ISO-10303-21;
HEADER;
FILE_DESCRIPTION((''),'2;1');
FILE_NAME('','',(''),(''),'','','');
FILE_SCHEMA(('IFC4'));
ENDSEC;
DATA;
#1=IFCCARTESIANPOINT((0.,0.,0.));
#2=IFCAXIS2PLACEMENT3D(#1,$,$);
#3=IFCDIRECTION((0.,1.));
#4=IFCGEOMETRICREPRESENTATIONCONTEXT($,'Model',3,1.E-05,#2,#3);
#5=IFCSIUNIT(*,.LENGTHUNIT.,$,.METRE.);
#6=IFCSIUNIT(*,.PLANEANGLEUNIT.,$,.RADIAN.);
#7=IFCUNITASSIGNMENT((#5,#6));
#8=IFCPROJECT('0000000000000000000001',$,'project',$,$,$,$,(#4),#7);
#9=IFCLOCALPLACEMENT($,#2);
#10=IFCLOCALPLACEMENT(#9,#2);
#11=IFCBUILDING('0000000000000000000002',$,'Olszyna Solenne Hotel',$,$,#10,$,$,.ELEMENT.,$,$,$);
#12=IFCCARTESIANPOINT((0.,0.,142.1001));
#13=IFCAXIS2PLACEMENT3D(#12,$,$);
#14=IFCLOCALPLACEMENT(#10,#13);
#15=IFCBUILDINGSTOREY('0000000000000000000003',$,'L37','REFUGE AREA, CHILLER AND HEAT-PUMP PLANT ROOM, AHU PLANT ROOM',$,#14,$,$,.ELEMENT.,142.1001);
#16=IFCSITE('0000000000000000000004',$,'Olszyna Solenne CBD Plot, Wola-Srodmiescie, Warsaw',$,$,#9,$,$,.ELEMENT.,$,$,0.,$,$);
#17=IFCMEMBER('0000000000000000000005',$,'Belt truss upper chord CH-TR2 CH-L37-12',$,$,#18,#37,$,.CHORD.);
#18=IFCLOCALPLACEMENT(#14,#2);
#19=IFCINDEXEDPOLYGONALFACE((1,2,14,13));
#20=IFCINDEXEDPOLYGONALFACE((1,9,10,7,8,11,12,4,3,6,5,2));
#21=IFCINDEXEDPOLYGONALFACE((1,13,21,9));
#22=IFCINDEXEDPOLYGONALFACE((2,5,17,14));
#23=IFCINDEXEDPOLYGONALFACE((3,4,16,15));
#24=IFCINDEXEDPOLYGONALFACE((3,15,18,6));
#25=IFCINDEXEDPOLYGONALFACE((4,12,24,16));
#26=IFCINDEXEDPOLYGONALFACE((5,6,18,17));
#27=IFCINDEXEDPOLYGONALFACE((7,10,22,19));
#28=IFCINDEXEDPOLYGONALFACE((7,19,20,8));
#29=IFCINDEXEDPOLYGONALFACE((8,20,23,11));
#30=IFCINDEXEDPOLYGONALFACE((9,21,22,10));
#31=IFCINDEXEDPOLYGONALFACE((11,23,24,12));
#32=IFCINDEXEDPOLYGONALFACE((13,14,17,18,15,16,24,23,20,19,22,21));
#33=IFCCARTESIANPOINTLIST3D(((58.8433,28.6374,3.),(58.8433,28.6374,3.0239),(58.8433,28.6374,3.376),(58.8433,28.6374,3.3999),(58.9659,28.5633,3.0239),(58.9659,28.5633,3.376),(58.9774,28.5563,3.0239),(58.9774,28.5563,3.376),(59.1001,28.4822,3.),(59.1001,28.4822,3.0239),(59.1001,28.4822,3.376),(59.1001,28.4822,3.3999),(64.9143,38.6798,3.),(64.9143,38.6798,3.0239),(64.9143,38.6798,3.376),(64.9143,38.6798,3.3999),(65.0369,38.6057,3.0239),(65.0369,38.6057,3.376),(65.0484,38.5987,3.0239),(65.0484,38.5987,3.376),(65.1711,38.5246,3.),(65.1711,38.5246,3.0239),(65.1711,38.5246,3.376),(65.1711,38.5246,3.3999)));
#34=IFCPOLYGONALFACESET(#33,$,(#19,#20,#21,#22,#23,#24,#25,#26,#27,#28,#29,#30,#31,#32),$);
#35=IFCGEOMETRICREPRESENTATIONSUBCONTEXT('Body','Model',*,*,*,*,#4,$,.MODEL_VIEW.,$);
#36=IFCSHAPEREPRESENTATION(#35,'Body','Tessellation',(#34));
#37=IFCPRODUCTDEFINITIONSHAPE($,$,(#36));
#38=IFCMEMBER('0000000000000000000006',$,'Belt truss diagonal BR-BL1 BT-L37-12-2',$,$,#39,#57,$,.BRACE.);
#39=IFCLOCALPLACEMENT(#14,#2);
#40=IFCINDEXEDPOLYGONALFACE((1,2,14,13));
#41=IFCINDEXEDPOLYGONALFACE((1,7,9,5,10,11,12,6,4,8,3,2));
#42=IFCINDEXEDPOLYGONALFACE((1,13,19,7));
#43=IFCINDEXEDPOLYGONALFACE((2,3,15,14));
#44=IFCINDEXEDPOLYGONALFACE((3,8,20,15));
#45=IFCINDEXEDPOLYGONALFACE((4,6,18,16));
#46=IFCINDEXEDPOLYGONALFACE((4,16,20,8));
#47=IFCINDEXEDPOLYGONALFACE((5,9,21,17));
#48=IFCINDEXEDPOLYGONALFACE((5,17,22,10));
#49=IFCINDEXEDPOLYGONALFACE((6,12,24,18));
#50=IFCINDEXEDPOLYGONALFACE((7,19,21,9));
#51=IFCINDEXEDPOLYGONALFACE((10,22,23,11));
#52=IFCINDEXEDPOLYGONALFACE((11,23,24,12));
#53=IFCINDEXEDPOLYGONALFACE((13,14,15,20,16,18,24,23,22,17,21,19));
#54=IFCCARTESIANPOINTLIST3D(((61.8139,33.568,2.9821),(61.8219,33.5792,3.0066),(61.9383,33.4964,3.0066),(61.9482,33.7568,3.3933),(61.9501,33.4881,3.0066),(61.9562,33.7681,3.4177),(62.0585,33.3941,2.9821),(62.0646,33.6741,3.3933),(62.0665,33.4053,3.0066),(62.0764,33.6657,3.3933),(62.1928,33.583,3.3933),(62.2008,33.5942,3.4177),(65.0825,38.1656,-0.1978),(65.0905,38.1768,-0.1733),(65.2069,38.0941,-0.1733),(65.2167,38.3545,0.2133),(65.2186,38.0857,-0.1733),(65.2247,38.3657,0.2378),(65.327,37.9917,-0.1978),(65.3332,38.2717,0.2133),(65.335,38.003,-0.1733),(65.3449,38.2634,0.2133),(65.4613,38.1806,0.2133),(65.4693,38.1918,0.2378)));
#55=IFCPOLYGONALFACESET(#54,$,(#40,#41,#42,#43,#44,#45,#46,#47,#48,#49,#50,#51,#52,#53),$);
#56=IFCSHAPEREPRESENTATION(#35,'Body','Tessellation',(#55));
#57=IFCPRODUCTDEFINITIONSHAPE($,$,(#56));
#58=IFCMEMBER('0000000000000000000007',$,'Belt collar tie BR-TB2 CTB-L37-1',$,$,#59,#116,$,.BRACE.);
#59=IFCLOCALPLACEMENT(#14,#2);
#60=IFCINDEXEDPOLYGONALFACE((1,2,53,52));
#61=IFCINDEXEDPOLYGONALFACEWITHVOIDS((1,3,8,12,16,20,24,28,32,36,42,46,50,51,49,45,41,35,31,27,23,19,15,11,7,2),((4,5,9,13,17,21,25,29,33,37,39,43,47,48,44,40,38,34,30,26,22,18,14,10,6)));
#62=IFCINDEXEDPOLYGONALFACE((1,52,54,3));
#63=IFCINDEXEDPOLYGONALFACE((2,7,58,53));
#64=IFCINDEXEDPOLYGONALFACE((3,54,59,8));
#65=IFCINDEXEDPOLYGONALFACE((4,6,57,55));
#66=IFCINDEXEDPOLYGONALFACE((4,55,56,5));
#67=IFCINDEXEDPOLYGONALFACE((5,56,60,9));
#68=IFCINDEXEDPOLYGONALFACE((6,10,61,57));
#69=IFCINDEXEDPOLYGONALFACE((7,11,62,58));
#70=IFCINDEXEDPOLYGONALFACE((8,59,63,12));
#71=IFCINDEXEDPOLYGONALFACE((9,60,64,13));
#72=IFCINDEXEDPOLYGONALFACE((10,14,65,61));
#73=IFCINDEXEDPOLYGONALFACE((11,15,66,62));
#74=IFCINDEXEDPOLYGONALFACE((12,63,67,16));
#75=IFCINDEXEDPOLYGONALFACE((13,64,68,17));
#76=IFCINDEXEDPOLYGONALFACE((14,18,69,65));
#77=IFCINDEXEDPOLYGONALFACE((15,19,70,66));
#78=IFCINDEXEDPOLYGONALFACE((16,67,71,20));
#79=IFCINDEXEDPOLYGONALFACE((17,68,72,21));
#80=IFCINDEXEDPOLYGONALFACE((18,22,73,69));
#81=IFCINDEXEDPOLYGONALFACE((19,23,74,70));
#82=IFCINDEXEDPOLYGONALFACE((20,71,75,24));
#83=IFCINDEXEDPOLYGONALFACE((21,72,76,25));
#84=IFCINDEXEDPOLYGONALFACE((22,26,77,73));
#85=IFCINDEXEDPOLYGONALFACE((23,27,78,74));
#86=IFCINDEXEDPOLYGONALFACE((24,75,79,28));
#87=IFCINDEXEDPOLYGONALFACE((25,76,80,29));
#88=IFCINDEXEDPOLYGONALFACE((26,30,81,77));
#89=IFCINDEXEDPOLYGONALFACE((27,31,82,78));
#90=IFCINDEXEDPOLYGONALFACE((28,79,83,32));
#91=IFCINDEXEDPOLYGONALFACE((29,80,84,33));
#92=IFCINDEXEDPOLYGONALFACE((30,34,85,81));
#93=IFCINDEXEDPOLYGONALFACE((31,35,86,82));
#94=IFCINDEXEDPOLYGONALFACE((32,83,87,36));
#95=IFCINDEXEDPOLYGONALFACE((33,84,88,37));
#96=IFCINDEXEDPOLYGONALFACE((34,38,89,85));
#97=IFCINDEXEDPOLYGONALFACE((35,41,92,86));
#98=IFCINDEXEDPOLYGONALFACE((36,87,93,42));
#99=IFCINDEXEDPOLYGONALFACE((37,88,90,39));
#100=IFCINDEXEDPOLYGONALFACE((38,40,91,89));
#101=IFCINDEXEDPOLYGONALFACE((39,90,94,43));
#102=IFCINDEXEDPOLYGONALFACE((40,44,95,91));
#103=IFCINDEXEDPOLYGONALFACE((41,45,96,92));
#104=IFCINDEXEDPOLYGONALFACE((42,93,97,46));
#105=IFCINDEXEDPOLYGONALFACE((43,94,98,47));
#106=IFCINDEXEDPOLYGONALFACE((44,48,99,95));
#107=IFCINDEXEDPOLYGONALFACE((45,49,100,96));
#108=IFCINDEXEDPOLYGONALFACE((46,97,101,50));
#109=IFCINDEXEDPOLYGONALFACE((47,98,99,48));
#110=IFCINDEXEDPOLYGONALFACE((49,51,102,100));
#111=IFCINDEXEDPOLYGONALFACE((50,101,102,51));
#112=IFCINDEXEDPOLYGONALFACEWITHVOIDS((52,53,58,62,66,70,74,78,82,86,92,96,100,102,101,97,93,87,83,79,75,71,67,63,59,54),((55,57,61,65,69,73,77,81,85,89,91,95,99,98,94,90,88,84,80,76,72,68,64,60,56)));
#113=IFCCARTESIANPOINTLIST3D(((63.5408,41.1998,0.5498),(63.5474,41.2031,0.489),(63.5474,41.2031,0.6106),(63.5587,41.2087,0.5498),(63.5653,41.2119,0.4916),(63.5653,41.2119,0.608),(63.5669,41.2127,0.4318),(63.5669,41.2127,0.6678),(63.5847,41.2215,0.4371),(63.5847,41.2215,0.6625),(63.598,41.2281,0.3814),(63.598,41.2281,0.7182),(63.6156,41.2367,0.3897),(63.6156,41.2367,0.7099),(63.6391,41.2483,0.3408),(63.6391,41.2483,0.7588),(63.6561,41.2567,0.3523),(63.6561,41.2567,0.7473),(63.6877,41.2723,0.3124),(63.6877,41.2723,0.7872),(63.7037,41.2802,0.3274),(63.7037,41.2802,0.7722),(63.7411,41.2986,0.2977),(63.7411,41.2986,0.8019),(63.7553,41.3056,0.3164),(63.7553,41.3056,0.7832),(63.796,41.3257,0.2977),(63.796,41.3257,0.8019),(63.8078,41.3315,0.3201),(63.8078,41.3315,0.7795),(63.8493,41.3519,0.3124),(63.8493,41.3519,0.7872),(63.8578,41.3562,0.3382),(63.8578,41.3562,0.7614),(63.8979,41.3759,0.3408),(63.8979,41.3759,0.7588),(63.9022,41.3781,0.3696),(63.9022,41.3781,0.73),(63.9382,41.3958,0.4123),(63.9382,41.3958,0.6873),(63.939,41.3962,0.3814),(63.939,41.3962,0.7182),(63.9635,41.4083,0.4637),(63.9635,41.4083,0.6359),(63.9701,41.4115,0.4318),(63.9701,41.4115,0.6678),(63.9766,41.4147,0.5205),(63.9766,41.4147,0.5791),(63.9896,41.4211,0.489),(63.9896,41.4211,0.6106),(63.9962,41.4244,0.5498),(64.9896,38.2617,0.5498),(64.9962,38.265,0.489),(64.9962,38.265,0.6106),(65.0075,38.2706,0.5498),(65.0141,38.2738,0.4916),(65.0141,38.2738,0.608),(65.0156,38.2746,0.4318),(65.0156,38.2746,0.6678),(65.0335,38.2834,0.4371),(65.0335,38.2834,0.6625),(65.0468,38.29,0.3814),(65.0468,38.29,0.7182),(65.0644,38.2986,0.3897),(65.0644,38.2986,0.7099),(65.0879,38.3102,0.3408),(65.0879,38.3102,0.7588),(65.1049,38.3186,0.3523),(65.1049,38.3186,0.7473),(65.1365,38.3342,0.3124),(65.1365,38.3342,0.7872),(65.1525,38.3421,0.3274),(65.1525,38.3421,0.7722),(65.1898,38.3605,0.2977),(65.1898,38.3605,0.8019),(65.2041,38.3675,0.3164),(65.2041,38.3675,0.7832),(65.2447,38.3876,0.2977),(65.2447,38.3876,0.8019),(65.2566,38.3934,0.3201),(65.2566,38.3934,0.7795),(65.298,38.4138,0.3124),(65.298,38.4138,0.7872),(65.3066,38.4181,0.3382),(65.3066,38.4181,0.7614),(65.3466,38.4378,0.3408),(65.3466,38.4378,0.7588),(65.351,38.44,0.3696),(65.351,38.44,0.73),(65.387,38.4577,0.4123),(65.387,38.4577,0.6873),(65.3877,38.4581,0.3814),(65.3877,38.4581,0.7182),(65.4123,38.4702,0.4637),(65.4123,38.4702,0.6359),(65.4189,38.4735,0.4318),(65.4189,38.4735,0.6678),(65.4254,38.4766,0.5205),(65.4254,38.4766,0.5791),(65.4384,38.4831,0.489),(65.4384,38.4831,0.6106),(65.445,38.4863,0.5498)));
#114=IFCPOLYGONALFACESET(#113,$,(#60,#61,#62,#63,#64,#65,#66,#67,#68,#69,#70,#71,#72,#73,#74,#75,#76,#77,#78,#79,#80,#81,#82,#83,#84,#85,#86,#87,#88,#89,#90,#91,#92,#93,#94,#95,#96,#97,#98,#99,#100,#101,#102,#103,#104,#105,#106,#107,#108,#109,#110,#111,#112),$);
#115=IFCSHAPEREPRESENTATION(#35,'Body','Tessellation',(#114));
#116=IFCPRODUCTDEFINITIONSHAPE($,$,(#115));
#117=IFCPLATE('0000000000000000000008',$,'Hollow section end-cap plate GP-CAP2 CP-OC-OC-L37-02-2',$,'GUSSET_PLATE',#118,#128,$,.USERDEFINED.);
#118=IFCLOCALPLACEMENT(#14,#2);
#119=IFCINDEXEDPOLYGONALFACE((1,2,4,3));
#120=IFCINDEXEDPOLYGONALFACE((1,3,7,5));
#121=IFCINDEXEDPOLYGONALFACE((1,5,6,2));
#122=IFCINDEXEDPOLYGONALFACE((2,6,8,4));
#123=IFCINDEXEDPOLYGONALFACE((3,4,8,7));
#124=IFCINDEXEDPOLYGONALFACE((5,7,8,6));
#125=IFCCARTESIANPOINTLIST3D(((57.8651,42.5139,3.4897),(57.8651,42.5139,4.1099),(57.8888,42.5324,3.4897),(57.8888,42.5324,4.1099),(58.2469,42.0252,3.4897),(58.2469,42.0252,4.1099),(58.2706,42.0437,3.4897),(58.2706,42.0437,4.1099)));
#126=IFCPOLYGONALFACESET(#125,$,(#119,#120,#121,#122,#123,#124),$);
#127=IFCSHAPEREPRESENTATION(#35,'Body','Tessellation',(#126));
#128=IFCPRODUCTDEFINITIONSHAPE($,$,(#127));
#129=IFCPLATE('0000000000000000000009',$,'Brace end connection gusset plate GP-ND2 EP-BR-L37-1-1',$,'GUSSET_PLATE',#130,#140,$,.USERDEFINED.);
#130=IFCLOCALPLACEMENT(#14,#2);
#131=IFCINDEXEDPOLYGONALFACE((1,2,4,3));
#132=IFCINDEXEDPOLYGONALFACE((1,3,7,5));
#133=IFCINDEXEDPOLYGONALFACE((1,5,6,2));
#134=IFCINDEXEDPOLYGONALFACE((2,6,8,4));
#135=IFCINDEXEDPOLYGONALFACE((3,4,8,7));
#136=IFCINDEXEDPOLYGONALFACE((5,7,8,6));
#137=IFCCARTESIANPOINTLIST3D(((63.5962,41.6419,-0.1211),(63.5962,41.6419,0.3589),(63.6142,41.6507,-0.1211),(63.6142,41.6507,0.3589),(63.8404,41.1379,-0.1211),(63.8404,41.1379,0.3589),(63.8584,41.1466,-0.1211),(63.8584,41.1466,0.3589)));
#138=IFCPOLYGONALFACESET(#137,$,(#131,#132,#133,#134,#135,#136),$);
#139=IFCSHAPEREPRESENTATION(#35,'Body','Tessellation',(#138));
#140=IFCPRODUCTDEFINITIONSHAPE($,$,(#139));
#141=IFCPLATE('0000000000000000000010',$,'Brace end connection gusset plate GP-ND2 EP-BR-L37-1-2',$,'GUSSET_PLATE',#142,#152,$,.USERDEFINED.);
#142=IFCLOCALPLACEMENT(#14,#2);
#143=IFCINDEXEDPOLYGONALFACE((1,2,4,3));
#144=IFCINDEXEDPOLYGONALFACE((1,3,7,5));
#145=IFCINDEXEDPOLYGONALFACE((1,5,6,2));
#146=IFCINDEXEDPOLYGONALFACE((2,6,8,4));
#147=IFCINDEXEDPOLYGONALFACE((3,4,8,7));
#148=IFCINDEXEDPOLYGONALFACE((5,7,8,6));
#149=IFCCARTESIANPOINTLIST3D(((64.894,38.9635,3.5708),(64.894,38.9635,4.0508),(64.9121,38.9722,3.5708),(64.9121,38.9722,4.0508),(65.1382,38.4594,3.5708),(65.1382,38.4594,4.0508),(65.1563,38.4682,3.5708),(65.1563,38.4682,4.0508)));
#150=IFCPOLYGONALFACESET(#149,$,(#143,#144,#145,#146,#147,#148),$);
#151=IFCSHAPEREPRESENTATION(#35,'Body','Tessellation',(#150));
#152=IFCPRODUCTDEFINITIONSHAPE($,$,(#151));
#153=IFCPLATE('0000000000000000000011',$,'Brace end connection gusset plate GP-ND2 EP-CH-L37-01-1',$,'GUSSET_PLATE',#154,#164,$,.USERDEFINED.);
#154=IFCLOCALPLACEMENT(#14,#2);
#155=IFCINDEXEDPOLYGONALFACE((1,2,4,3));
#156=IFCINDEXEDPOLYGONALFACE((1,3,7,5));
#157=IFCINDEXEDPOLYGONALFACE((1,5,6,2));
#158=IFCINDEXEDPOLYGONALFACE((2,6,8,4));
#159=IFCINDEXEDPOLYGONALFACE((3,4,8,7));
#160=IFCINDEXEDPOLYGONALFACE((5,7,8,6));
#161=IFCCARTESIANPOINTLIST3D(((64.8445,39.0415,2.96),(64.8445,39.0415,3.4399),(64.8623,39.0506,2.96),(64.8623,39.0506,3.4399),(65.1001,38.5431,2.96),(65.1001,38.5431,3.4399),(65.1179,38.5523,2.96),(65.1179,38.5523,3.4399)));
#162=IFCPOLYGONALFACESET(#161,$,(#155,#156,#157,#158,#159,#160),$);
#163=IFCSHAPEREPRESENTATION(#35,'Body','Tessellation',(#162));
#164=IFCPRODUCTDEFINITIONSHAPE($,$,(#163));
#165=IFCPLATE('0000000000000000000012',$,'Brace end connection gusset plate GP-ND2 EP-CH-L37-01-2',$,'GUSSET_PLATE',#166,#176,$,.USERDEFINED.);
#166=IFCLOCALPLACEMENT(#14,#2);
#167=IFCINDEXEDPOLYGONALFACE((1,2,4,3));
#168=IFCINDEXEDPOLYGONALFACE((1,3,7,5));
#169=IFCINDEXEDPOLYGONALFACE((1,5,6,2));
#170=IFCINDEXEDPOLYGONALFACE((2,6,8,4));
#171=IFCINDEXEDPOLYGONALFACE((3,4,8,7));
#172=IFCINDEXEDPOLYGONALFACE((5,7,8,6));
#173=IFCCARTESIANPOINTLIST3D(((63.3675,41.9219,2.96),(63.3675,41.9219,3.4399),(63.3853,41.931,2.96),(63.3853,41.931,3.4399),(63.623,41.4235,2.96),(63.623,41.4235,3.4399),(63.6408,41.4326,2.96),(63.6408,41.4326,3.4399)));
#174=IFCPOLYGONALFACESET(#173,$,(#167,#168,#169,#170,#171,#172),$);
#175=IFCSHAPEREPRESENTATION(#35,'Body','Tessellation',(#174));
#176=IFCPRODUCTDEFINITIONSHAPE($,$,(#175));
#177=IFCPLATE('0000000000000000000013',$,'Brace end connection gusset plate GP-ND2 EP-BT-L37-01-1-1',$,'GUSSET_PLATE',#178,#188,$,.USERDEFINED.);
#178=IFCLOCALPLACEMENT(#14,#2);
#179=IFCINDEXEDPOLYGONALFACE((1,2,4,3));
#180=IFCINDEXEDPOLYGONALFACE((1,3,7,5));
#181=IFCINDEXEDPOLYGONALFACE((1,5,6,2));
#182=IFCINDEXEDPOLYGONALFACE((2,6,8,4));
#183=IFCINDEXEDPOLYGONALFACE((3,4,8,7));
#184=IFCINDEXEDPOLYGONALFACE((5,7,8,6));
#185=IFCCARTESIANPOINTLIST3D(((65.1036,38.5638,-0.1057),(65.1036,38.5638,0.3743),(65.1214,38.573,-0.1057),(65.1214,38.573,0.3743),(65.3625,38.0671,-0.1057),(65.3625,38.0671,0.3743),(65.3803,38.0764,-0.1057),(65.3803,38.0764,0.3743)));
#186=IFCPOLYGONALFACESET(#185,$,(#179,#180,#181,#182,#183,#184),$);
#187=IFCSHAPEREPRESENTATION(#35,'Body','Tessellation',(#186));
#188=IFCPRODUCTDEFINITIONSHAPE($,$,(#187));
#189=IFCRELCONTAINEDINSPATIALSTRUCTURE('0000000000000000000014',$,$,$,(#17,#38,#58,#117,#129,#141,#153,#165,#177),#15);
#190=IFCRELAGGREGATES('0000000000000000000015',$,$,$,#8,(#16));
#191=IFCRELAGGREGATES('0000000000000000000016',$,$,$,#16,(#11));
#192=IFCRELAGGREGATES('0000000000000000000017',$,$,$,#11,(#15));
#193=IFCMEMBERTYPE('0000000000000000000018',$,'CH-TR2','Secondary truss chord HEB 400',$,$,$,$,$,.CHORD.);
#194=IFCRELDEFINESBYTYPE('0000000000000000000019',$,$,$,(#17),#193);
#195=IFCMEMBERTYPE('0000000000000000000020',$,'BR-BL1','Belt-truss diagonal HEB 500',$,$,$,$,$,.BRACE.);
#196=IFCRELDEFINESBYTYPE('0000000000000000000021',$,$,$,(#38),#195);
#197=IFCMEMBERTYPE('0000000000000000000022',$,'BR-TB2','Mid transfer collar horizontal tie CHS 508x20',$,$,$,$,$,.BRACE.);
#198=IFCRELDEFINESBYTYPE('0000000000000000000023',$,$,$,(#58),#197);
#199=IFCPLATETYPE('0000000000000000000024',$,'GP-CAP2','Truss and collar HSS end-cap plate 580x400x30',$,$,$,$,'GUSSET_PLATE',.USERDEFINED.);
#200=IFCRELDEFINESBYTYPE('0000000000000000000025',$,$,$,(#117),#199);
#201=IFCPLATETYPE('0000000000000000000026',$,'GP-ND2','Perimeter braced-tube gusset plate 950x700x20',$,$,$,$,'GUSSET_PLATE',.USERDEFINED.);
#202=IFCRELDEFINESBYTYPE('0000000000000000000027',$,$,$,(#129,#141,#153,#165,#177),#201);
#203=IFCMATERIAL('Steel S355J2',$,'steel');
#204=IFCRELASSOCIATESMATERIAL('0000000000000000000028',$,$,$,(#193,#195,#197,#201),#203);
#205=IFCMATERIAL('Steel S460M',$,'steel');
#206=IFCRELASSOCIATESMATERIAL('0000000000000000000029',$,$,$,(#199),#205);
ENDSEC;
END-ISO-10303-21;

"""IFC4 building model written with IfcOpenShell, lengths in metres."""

from ifc_helpers import new_model, si_unit, direction, frame, origin, origin_2d, place, context, subcontext, project, spatial, rectangle, hollow_circle, i_section, extrude, source, transform, mapped, material, material_profile, profile_set, type_object, element, save


model = new_model("IFC4")

# Units and contexts
model_context = context("Model", 3, precision=1e-05, world=origin(), true_north=direction((0.0, 1.0)))
body_context = subcontext(model_context, "Body", "Model", "MODEL_VIEW")
ifc_project = project(units=[si_unit("LENGTHUNIT", "METRE"), si_unit("PLANEANGLEUNIT", "RADIAN")], contexts=[model_context])

# Site, building, storey
site_placement = place(None, origin())
site = spatial("IfcSite", under=ifc_project, at=site_placement, Name="Olszyna Solenne CBD Plot, Wola-Srodmiescie, Warsaw", CompositionType="ELEMENT", RefElevation=0.0)
building_placement = place(site_placement, origin())
building = spatial("IfcBuilding", under=site, at=building_placement, Name="Olszyna Solenne Hotel", CompositionType="ELEMENT")
storey_placement = place(building_placement, frame((0.0, 0.0, 142.1001)))
storey = spatial("IfcBuildingStorey", under=building, at=storey_placement, Name="L37", Description="REFUGE AREA, CHILLER AND HEAT-PUMP PLANT ROOM, AHU PLANT ROOM", CompositionType="ELEMENT", Elevation=142.1001)

# Shared definitions
ifc_material_1 = material(Name="Steel S460M", Category="steel")

# Shared definitions
ifc_material_2 = material(Name="Steel S355J2", Category="steel")

# Members
ifc_material_profile_1 = material_profile(ifc_material_2, i_section(OverallWidth=0.3, OverallDepth=0.3999, WebThickness=0.0134, FlangeThickness=0.0239, at=origin_2d()), Name="HEB 400", Category="load-bearing")
ifc_profile_set_1 = profile_set([ifc_material_profile_1], Name="Steel S355J2")
member_type_1 = type_object("IfcMemberType", Name="CH-TR2", Description="Secondary truss chord HEB 400", PredefinedType="CHORD", material=ifc_profile_set_1)
ifc_material_profile_2 = material_profile(ifc_material_2, i_section(OverallWidth=0.3, OverallDepth=0.5, WebThickness=0.0144, FlangeThickness=0.0281, at=origin_2d()), Name="HEB 500", Category="load-bearing")
ifc_profile_set_2 = profile_set([ifc_material_profile_2], Name="Steel S355J2")
member_type_2 = type_object("IfcMemberType", Name="BR-BL1", Description="Belt-truss diagonal HEB 500", PredefinedType="BRACE", material=ifc_profile_set_2)
shared_shape_1 = source(origin(), body_context, "Body", "SweptSolid", [
    extrude(i_section(OverallWidth=0.3, OverallDepth=0.3999, WebThickness=0.0134, FlangeThickness=0.0239, at=origin_2d()), origin(), (0.0, 0.0, 1.0), 11.7349),
])
member_1_placement = place(storey_placement, frame((58.9717, 28.5598, 3.2), z_axis=(0.517347, 0.855775, 0.0), x_axis=(-0.855775, 0.517347, 0.0)))
element("IfcMember", 1, at=member_1_placement, inside=storey, type_object=member_type_1, Name="Belt truss upper chord CH-TR2 CH-L37-12", PredefinedType="CHORD", context=body_context, shape_type="MappedRepresentation", body=[
    mapped(shared_shape_1, transform((0.0, 0.0, 0.0), x_axis=(1.0, 0.0, 0.0), y_axis=(0.0, 1.0, 0.0), z_axis=(0.0, 0.0, 1.0), scale=1.0)),
])
shared_shape_2 = source(origin(), body_context, "Body", "SweptSolid", [
    extrude(i_section(OverallWidth=0.3, OverallDepth=0.5, WebThickness=0.0144, FlangeThickness=0.0281, at=origin_2d()), origin(), (0.0, 0.0, 1.0), 6.4756),
])
member_2_placement = place(storey_placement, frame((65.2759, 38.1787, 0.02), z_axis=(-0.504747, -0.709993, 0.491061), x_axis=(0.81503, -0.579419, 0.0)))
element("IfcMember", 2, at=member_2_placement, inside=storey, type_object=member_type_2, Name="Belt truss diagonal BR-BL1 BT-L37-12-2", PredefinedType="BRACE", context=body_context, shape_type="MappedRepresentation", body=[
    mapped(shared_shape_2, transform((0.0, 0.0, 0.0), x_axis=(1.0, 0.0, 0.0), y_axis=(0.0, 1.0, 0.0), z_axis=(0.0, 0.0, 1.0), scale=1.0)),
])
ifc_material_profile_3 = material_profile(ifc_material_2, hollow_circle(Radius=0.2539, WallThickness=0.02, at=origin_2d()), Name="CHS 508x20", Category="load-bearing")
ifc_profile_set_3 = profile_set([ifc_material_profile_3], Name="Steel S355J2")
member_type_3 = type_object("IfcMemberType", Name="BR-TB2", Description="Mid transfer collar horizontal tie CHS 508x20", PredefinedType="BRACE", material=ifc_profile_set_3)
shared_shape_3 = source(origin(), body_context, "Body", "SweptSolid", [
    extrude(hollow_circle(Radius=0.2539, WallThickness=0.02, at=origin_2d()), origin(), (0.0, 0.0, 1.0), 3.2759),
])
member_3_placement = place(storey_placement, frame((65.2173, 38.374, 0.5498), z_axis=(-0.442258, 0.896888, 0.0), x_axis=(-0.896888, -0.442258, 0.0)))
element("IfcMember", 3, at=member_3_placement, inside=storey, type_object=member_type_3, Name="Belt collar tie BR-TB2 CTB-L37-1", PredefinedType="BRACE", context=body_context, shape_type="MappedRepresentation", body=[
    mapped(shared_shape_3, transform((0.0, 0.0, 0.0), x_axis=(1.0, 0.0, 0.0), y_axis=(0.0, 1.0, 0.0), z_axis=(0.0, 0.0, 1.0), scale=1.0)),
])

# Plates
plate_type_1 = type_object("IfcPlateType", Name="GP-CAP2", Description="Truss and collar HSS end-cap plate 580x400x30", ElementType="GUSSET_PLATE", PredefinedType="USERDEFINED", material=ifc_material_1)
shared_shape_4 = source(origin(), body_context, "Body", "SweptSolid", [
    extrude(rectangle(XDim=0.03, YDim=0.6201, at=origin_2d()), origin(), (0.0, 0.0, 1.0), 0.6201),
])
plate_placement = place(storey_placement, frame((58.0679, 42.2788, 3.4897), z_axis=(0.0, 0.0, 1.0), x_axis=(0.788011, 0.615661, 0.0)))
element("IfcPlate", 4, at=plate_placement, inside=storey, type_object=plate_type_1, Name="Hollow section end-cap plate GP-CAP2 CP-OC-OC-L37-02-2", ObjectType="GUSSET_PLATE", PredefinedType="USERDEFINED", context=body_context, shape_type="MappedRepresentation", body=[
    mapped(shared_shape_4, transform((0.0, 0.0, 0.0), x_axis=(1.0, 0.0, 0.0), y_axis=(0.0, 1.0, 0.0), z_axis=(0.0, 0.0, 1.0), scale=1.0)),
])
plate_type_2 = type_object("IfcPlateType", Name="GP-ND2", Description="Perimeter braced-tube gusset plate 950x700x20", ElementType="GUSSET_PLATE", PredefinedType="USERDEFINED", material=ifc_material_2)
shared_shape_5 = source(origin(), body_context, "Body", "SweptSolid", [
    extrude(rectangle(XDim=0.5601, YDim=0.02, at=origin_2d()), origin(), (0.0, 0.0, 1.0), 0.48),
])
for number, where, z_axis, x_axis, name in (
    (5, (63.7273, 41.3943, -0.1211), (0.0, 0.0, 1.0), (0.436017, -0.899939, 0.0), "Brace end connection gusset plate GP-ND2 EP-BR-L37-1-1"),
    (6, (65.0251, 38.7158, 3.5708), (0.0, 0.0, 1.0), (0.436017, -0.899939, 0.0), "Brace end connection gusset plate GP-ND2 EP-BR-L37-1-2"),
    (7, (64.9812, 38.7969, 2.96), (0.0, 0.0, 1.0), (-0.456322, 0.889815, 0.0), "Brace end connection gusset plate GP-ND2 EP-CH-L37-01-1"),
    (8, (63.5042, 41.6772, 2.96), (0.0, 0.0, 1.0), (-0.456322, 0.889815, 0.0), "Brace end connection gusset plate GP-ND2 EP-CH-L37-01-2"),
    (9, (65.2419, 38.3201, -0.1057), (0.0, 0.0, 1.0), (-0.462213, 0.886769, 0.0), "Brace end connection gusset plate GP-ND2 EP-BT-L37-01-1-1"),
):
    element("IfcPlate", number, at=place(storey_placement, frame(where, z_axis=z_axis, x_axis=x_axis)), inside=storey, type_object=plate_type_2, Name=name, ObjectType="GUSSET_PLATE", PredefinedType="USERDEFINED", context=body_context, shape_type="MappedRepresentation", body=[
        mapped(shared_shape_5, transform((0.0, 0.0, 0.0), x_axis=(1.0, 0.0, 0.0), y_axis=(0.0, 1.0, 0.0), z_axis=(0.0, 0.0, 1.0), scale=1.0)),
    ])

save(model, "model.ifc")
